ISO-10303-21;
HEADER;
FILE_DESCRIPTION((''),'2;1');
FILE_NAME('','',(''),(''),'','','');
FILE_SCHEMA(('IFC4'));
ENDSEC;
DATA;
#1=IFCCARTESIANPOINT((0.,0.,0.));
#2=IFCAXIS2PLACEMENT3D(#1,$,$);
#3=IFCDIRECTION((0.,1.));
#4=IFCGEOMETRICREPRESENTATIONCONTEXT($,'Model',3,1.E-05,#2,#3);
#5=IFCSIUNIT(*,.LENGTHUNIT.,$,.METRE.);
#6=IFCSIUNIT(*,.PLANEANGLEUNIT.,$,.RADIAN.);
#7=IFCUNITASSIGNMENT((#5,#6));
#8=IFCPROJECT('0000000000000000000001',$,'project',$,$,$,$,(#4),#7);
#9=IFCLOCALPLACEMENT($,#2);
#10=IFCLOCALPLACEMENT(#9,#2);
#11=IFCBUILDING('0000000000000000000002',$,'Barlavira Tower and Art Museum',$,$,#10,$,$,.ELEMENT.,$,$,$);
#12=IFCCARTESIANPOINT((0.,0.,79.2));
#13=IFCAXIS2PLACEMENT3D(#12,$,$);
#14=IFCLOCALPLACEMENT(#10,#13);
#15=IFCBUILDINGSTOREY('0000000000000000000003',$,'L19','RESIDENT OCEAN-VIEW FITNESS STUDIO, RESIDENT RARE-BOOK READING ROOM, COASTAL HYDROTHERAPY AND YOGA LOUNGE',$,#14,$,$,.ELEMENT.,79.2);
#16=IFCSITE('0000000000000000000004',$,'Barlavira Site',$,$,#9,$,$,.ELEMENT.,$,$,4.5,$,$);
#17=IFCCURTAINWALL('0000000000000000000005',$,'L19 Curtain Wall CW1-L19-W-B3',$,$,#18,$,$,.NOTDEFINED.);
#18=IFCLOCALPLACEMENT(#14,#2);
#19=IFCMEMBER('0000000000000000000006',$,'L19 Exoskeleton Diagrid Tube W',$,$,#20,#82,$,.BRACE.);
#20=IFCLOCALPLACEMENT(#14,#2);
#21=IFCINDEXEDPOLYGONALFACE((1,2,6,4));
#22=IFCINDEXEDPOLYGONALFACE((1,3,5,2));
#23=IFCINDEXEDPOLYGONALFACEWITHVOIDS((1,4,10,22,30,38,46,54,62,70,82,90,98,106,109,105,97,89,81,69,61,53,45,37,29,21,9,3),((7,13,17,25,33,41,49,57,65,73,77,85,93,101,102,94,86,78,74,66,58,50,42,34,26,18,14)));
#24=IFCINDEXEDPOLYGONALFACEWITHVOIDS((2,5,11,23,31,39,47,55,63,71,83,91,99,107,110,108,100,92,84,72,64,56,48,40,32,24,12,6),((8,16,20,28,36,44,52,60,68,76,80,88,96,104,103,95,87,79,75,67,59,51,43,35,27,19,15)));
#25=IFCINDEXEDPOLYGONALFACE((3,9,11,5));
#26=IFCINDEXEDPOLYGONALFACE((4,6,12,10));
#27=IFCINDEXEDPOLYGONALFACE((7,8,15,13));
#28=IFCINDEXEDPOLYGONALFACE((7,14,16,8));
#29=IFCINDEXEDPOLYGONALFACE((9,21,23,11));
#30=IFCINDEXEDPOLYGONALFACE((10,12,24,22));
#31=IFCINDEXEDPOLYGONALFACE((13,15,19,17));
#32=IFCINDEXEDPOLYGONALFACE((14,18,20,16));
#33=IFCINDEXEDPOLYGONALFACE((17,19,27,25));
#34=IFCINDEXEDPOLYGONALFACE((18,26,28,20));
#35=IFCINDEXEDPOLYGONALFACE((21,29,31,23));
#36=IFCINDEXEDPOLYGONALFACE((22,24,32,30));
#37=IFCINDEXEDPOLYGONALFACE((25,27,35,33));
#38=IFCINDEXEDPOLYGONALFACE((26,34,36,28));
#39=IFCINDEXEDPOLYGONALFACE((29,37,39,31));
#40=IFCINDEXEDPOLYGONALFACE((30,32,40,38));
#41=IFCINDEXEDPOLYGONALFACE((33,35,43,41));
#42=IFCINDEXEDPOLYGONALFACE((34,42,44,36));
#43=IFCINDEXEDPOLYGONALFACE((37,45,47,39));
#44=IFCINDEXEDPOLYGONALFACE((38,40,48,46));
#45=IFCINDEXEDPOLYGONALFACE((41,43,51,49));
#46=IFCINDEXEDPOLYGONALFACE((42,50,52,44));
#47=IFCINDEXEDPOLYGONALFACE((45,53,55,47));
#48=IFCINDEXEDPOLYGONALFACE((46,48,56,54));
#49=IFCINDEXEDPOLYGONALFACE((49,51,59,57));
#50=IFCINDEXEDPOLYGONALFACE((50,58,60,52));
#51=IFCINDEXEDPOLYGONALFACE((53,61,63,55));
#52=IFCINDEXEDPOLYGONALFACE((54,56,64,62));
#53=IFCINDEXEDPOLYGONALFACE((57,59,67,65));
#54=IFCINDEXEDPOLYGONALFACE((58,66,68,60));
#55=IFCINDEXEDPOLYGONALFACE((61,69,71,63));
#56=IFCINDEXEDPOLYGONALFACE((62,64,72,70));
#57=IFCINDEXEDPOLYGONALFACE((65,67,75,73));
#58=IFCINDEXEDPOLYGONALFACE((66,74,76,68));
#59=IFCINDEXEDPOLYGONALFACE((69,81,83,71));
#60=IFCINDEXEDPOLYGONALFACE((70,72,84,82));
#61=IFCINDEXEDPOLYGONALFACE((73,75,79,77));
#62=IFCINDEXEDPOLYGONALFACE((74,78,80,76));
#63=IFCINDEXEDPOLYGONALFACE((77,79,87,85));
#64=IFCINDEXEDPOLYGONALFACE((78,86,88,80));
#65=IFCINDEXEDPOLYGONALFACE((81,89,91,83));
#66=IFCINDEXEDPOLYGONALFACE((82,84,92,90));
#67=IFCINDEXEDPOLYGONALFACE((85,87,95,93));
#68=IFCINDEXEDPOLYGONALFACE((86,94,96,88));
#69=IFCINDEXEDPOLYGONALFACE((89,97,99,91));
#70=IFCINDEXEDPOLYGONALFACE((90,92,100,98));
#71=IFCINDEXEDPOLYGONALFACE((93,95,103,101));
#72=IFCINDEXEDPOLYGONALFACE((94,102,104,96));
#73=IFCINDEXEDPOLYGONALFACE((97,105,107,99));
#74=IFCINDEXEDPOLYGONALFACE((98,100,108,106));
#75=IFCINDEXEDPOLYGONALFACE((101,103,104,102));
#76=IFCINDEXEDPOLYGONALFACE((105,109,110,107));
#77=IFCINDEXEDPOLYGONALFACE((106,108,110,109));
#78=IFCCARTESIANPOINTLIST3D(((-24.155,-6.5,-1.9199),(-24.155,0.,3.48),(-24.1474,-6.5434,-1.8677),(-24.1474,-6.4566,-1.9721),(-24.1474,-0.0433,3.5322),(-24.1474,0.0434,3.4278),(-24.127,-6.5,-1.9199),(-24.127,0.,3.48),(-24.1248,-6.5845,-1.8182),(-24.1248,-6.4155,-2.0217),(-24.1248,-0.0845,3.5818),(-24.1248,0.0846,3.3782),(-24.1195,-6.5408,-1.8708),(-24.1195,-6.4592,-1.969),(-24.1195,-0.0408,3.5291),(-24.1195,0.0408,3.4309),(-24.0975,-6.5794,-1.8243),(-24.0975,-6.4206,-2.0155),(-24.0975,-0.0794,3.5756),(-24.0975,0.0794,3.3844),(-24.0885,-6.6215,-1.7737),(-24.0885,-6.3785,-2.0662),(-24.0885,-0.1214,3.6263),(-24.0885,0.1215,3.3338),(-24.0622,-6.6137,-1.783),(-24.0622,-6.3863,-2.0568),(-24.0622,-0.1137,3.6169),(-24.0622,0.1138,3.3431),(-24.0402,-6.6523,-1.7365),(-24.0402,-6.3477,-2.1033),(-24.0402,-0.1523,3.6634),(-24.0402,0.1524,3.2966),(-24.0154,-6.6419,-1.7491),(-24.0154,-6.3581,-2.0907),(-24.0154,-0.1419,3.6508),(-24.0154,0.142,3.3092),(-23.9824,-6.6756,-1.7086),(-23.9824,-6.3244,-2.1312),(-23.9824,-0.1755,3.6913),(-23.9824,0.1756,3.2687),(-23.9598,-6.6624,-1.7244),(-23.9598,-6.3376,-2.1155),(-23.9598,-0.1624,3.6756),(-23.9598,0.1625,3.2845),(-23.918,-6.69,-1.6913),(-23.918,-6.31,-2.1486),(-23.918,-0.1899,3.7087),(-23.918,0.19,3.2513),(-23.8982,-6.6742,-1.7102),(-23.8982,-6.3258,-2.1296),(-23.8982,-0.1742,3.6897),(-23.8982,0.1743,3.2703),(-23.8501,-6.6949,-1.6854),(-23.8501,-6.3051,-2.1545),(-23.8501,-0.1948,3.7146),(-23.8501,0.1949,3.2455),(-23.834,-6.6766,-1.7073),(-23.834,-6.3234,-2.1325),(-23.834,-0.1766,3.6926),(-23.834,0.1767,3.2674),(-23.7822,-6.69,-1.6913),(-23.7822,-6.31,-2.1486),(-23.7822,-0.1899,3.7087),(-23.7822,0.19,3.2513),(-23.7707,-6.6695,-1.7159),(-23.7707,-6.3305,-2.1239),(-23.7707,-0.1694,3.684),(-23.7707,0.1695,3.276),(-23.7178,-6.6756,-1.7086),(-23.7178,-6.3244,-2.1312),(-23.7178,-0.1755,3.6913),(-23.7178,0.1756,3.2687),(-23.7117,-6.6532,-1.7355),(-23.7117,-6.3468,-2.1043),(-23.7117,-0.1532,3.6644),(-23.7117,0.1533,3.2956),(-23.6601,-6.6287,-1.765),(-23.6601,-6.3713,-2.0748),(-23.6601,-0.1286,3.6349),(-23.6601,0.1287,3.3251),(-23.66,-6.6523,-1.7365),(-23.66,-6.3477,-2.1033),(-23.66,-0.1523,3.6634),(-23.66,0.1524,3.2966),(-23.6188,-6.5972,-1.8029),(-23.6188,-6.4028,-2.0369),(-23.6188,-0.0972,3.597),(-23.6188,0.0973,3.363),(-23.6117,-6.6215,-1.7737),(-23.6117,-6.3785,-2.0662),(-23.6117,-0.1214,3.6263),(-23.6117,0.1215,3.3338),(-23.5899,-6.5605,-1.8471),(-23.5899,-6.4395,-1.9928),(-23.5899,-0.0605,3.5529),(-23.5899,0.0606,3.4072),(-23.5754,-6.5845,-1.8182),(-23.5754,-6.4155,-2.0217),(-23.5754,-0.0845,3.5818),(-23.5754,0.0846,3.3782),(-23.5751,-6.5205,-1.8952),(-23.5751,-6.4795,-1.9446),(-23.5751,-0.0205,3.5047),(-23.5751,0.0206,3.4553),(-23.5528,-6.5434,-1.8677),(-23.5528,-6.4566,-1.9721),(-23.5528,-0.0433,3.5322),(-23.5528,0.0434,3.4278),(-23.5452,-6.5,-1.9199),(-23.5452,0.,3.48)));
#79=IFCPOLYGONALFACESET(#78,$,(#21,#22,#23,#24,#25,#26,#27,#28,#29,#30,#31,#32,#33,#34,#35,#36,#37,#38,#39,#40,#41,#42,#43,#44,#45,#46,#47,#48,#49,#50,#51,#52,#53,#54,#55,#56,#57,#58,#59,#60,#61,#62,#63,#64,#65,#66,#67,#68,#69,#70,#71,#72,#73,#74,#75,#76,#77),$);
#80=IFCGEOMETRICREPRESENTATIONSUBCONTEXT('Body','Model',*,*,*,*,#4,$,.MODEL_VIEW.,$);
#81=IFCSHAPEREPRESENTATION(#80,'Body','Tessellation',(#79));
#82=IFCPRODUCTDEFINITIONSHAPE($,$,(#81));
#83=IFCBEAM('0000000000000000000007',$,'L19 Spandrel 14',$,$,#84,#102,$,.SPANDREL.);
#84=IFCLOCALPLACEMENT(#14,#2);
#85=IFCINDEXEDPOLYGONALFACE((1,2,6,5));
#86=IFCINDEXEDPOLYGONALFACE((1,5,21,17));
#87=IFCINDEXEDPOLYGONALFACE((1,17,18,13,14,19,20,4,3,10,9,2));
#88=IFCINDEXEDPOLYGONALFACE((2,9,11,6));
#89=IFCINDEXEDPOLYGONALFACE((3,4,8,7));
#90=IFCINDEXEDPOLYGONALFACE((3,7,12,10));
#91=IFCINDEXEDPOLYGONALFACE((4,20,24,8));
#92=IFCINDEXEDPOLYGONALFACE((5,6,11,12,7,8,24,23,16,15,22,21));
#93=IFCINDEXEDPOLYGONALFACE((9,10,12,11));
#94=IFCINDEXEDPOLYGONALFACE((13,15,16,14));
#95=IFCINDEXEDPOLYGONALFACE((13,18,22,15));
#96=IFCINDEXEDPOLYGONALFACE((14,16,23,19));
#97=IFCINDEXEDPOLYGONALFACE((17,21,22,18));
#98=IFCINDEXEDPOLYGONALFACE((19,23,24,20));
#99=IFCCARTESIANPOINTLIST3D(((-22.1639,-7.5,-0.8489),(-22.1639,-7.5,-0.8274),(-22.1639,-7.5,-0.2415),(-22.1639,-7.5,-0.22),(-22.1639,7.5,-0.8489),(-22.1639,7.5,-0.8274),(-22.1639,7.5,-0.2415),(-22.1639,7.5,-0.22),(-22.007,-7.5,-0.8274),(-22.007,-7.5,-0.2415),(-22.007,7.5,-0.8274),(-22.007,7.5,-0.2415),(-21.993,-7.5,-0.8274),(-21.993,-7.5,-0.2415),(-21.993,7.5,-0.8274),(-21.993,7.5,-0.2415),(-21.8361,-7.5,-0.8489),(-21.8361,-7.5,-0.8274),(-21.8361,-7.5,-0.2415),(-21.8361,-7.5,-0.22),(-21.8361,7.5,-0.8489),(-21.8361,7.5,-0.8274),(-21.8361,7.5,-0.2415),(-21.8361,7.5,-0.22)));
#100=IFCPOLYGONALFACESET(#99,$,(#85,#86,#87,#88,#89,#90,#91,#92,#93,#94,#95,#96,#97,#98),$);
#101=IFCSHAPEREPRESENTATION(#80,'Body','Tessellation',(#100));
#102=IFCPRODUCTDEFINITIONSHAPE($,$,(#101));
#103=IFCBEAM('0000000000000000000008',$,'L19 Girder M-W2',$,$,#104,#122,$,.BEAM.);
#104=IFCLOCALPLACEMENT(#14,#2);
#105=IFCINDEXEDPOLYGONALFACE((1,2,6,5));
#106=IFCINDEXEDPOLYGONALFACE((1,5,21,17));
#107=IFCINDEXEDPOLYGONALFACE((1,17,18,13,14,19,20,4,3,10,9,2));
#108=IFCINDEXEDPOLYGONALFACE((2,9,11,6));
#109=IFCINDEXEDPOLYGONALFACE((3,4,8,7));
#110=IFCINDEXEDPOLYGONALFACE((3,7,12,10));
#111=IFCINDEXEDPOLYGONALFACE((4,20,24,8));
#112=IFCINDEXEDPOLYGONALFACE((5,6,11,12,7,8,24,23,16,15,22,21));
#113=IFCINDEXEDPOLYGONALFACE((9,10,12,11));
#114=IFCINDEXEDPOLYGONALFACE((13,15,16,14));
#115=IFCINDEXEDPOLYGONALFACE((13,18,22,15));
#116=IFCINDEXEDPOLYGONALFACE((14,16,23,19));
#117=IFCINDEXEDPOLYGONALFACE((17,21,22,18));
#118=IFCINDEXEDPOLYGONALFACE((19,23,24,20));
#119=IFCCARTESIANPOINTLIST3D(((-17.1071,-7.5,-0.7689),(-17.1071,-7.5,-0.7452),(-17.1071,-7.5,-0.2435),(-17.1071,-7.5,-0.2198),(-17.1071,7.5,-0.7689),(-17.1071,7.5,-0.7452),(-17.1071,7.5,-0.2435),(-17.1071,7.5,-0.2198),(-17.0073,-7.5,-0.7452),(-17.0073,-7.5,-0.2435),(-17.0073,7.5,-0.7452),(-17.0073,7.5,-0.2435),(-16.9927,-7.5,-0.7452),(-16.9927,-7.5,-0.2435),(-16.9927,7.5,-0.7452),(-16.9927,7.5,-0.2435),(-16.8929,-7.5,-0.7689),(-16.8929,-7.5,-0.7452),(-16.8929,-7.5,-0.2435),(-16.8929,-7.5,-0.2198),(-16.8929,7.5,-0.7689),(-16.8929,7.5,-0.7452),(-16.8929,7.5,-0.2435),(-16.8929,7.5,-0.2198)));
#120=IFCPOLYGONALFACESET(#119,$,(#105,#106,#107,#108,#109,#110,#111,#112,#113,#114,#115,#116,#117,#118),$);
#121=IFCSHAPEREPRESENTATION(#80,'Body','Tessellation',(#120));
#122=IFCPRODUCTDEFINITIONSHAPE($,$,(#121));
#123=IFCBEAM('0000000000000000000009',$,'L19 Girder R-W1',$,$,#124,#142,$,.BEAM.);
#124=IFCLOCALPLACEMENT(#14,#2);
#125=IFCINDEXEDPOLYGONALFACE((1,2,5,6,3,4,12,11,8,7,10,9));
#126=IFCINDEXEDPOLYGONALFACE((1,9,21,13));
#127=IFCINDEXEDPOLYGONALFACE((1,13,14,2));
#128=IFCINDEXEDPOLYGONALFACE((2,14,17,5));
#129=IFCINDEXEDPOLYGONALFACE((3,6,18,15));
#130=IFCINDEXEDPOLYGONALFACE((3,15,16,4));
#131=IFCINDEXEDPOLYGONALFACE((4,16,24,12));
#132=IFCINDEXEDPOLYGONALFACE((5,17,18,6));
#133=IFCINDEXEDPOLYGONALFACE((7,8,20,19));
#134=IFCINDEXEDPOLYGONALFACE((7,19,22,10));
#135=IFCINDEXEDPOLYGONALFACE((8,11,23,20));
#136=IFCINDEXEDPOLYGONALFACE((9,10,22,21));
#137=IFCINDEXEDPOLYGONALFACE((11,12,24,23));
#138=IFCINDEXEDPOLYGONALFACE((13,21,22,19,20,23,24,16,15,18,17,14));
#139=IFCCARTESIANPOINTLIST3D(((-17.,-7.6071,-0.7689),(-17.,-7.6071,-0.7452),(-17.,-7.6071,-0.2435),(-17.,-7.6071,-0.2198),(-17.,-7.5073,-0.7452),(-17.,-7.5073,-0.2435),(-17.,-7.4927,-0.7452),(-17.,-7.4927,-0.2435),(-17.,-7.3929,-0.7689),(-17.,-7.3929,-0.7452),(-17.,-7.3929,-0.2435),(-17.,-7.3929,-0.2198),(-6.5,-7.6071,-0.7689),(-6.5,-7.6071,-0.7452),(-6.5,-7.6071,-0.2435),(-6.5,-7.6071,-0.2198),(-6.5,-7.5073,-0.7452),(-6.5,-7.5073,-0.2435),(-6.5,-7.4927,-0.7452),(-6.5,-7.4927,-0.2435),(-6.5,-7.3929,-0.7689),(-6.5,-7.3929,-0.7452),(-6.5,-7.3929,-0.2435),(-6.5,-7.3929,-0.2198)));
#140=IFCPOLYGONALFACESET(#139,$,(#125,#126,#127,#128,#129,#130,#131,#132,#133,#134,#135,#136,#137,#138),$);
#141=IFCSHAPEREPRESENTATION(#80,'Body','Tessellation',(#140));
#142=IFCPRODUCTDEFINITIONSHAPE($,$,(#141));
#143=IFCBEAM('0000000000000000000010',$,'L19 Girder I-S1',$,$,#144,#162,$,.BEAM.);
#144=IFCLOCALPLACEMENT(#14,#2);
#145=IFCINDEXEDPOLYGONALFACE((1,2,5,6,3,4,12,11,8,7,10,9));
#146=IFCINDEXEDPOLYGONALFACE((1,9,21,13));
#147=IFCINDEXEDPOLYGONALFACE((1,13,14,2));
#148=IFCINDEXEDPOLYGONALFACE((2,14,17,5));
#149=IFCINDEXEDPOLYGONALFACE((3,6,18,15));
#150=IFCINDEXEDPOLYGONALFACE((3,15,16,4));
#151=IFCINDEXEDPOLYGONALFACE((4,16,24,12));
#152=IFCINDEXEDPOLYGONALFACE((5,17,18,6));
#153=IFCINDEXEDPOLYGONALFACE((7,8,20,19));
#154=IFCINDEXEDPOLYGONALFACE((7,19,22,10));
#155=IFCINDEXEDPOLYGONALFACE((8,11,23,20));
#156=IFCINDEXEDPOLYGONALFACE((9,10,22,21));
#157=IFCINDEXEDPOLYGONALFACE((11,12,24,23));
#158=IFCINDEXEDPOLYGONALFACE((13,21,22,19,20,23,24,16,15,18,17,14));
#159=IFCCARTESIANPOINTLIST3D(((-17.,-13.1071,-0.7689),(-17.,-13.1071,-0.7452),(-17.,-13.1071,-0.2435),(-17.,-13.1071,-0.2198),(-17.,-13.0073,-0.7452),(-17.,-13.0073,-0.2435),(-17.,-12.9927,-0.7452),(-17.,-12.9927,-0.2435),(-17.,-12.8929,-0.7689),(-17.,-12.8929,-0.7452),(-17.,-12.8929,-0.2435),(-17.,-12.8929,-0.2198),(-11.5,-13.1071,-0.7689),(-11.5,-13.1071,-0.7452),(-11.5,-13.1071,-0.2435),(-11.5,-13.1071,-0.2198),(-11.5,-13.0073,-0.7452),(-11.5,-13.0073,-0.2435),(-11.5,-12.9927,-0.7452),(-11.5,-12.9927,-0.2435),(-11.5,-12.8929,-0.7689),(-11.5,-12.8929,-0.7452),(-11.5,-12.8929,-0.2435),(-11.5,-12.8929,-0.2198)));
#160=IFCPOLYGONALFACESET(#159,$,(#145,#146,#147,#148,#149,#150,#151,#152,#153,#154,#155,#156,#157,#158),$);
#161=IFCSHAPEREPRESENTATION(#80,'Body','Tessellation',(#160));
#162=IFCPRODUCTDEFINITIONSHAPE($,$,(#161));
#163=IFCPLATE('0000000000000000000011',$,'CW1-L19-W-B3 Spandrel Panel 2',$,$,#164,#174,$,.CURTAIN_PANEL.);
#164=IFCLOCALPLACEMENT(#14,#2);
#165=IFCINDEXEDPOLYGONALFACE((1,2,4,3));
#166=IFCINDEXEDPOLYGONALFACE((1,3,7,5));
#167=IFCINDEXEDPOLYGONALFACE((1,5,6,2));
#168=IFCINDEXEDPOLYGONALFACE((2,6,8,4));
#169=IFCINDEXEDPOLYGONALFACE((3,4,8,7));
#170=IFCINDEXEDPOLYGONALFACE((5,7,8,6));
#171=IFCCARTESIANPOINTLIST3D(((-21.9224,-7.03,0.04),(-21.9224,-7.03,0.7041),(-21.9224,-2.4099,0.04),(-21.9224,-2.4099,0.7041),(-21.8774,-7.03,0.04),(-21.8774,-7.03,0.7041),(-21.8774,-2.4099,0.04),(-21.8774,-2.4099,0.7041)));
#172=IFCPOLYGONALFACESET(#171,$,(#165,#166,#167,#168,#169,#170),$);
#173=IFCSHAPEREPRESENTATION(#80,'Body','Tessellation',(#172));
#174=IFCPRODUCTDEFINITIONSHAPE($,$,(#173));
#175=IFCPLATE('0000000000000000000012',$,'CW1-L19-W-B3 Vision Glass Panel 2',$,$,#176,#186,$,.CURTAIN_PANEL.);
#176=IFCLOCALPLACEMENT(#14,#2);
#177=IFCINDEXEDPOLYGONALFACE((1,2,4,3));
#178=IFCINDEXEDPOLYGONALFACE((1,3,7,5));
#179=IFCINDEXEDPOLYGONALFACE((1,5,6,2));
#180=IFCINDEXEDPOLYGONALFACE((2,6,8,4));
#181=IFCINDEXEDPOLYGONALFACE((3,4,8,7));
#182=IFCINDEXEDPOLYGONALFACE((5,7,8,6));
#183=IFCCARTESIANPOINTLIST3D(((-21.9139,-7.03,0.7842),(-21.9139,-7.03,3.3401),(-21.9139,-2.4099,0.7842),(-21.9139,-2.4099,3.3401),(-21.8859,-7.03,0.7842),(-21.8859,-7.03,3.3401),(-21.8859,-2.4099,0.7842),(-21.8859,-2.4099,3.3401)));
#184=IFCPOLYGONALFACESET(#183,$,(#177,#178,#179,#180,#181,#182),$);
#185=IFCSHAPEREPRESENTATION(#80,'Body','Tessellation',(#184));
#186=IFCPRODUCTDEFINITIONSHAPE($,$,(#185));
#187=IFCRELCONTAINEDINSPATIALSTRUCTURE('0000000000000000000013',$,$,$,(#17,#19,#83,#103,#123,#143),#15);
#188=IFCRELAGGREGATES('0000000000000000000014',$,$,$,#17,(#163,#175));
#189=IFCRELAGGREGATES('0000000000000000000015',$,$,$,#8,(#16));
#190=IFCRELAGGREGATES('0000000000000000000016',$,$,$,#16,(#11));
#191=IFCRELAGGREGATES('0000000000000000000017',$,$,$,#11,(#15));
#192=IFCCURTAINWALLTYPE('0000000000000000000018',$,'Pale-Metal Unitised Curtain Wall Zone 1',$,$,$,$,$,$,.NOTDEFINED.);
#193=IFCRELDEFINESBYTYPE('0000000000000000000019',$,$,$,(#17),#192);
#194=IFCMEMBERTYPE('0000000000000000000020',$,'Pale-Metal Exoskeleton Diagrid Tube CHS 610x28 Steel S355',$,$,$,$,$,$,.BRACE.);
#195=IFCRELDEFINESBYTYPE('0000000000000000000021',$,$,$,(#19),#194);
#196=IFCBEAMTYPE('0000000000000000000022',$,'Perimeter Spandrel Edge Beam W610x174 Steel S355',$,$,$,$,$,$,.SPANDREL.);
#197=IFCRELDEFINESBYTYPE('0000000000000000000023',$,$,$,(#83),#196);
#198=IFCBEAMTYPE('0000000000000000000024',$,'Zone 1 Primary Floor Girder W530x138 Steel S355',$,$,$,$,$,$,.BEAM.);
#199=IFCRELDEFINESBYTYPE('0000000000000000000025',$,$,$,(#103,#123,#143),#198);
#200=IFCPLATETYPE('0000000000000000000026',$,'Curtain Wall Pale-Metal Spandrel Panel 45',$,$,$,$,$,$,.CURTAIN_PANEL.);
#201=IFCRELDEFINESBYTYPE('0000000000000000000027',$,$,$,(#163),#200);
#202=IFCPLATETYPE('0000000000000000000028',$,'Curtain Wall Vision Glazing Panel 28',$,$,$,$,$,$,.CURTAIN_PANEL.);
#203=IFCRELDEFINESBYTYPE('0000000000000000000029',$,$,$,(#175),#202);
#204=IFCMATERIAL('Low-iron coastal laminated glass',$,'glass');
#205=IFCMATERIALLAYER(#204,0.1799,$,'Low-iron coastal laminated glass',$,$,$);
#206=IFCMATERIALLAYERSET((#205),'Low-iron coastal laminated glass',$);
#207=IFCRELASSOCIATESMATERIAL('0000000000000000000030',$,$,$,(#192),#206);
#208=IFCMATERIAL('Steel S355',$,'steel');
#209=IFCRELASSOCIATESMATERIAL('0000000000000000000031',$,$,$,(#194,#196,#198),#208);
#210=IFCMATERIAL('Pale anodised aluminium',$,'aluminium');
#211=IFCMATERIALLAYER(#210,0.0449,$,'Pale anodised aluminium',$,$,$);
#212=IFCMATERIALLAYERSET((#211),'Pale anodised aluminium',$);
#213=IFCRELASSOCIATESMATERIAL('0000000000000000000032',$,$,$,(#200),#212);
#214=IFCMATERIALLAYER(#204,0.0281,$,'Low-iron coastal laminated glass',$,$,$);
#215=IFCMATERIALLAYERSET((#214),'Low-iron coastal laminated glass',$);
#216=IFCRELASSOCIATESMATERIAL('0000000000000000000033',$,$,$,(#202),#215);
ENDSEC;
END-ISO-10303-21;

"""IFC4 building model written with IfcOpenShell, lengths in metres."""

from ifc_helpers import new_model, si_unit, direction, frame, origin, origin_2d, place, context, subcontext, project, spatial, rectangle, hollow_circle, i_section, extrude, material, layer, layer_set, material_profile, profile_set, type_object, element, aggregate, save


model = new_model("IFC4")

# Units and contexts
model_context = context("Model", 3, precision=1e-05, world=origin(), true_north=direction((0.0, 1.0)))
body_context = subcontext(model_context, "Body", "Model", "MODEL_VIEW")
ifc_project = project(units=[si_unit("LENGTHUNIT", "METRE"), si_unit("PLANEANGLEUNIT", "RADIAN")], contexts=[model_context])

# Site, building, storey
site_placement = place(None, origin())
site = spatial("IfcSite", under=ifc_project, at=site_placement, Name="Barlavira Site", CompositionType="ELEMENT", RefElevation=4.5)
building_placement = place(site_placement, origin())
building = spatial("IfcBuilding", under=site, at=building_placement, Name="Barlavira Tower and Art Museum", CompositionType="ELEMENT")
storey_placement = place(building_placement, frame((0.0, 0.0, 79.2)))
storey = spatial("IfcBuildingStorey", under=building, at=storey_placement, Name="L19", Description="RESIDENT OCEAN-VIEW FITNESS STUDIO, RESIDENT RARE-BOOK READING ROOM, COASTAL HYDROTHERAPY AND YOGA LOUNGE", CompositionType="ELEMENT", Elevation=79.2)

# Curtain wall
ifc_material_1 = material(Name="Low-iron coastal laminated glass", Category="glass")
ifc_layer_1 = layer(ifc_material_1, 0.1799, Name="Low-iron coastal laminated glass")
ifc_layer_set_1 = layer_set([ifc_layer_1], Name="Low-iron coastal laminated glass")
curtain_wall_type = type_object("IfcCurtainWallType", Name="Pale-Metal Unitised Curtain Wall Zone 1", PredefinedType="NOTDEFINED", material=ifc_layer_set_1)
curtain_wall_placement = place(storey_placement, origin())
curtain_wall = element("IfcCurtainWall", 1, at=curtain_wall_placement, inside=storey, type_object=curtain_wall_type, Name="L19 Curtain Wall CW1-L19-W-B3", PredefinedType="NOTDEFINED")
ifc_material_2 = material(Name="Pale anodised aluminium", Category="aluminium")

# Member
ifc_material_3 = material(Name="Steel S355", Category="steel")
ifc_material_profile_1 = material_profile(ifc_material_3, hollow_circle(Radius=0.3049, WallThickness=0.0281, at=origin_2d()), Name="CHS 610.0x28.0")
ifc_profile_set_1 = profile_set([ifc_material_profile_1], Name="Steel S355")
member_type_1 = type_object("IfcMemberType", Name="Pale-Metal Exoskeleton Diagrid Tube CHS 610x28 Steel S355", PredefinedType="BRACE", material=ifc_profile_set_1)
for number, where, z_axis, x_axis, name in (
    (2, (-23.8501, -6.5, -1.9199), (0.0, 0.769196, 0.639013), (-1.0, 0.0, 0.0), "L19 Exoskeleton Diagrid Tube W"),
):
    element("IfcMember", number, at=place(storey_placement, frame(where, z_axis=z_axis, x_axis=x_axis)), inside=storey, type_object=member_type_1, Name=name, PredefinedType="BRACE", context=body_context, shape_type="SweptSolid", body=[
        extrude(hollow_circle(Radius=0.3049, WallThickness=0.0281, at=origin_2d()), origin(), (0.0, 0.0, 1.0), 8.4504),
    ])

# Beams
ifc_material_profile_2 = material_profile(ifc_material_3, i_section(OverallWidth=0.3279, OverallDepth=0.6289, WebThickness=0.0139, FlangeThickness=0.0215, at=origin_2d()), Name="W610x174.0")
ifc_profile_set_2 = profile_set([ifc_material_profile_2], Name="Steel S355")
beam_type_1 = type_object("IfcBeamType", Name="Perimeter Spandrel Edge Beam W610x174 Steel S355", PredefinedType="SPANDREL", material=ifc_profile_set_2)
beam_1_placement = place(storey_placement, frame((-22.0, -7.5, -0.5344), z_axis=(0.0, 1.0, 0.0), x_axis=(-1.0, 0.0, 0.0)))
element("IfcBeam", 3, at=beam_1_placement, inside=storey, type_object=beam_type_1, Name="L19 Spandrel 14", PredefinedType="SPANDREL", context=body_context, shape_type="SweptSolid", body=[
    extrude(i_section(OverallWidth=0.3279, OverallDepth=0.6289, WebThickness=0.0139, FlangeThickness=0.0215, at=origin_2d()), origin(), (0.0, 0.0, 1.0), 15.0),
])
ifc_material_profile_3 = material_profile(ifc_material_3, i_section(OverallWidth=0.2141, OverallDepth=0.5491, WebThickness=0.0146, FlangeThickness=0.0237, at=origin_2d()), Name="W530x138.0")
ifc_profile_set_3 = profile_set([ifc_material_profile_3], Name="Steel S355")
beam_type_2 = type_object("IfcBeamType", Name="Zone 1 Primary Floor Girder W530x138 Steel S355", PredefinedType="BEAM", material=ifc_profile_set_3)
beam_2_placement = place(storey_placement, frame((-17.0, -7.5, -0.4944), z_axis=(0.0, 1.0, 0.0), x_axis=(-1.0, 0.0, 0.0)))
element("IfcBeam", 4, at=beam_2_placement, inside=storey, type_object=beam_type_2, Name="L19 Girder M-W2", PredefinedType="BEAM", context=body_context, shape_type="SweptSolid", body=[
    extrude(i_section(OverallWidth=0.2141, OverallDepth=0.5491, WebThickness=0.0146, FlangeThickness=0.0237, at=origin_2d()), origin(), (0.0, 0.0, 1.0), 15.0),
])
beam_3_placement = place(storey_placement, frame((-17.0, -7.5, -0.4944), z_axis=(1.0, 0.0, 0.0), x_axis=(0.0, 1.0, 0.0)))
element("IfcBeam", 5, at=beam_3_placement, inside=storey, type_object=beam_type_2, Name="L19 Girder R-W1", PredefinedType="BEAM", context=body_context, shape_type="SweptSolid", body=[
    extrude(i_section(OverallWidth=0.2141, OverallDepth=0.5491, WebThickness=0.0146, FlangeThickness=0.0237, at=origin_2d()), origin(), (0.0, 0.0, 1.0), 10.5),
])
beam_4_placement = place(storey_placement, frame((-17.0, -13.0, -0.4944), z_axis=(1.0, 0.0, 0.0), x_axis=(0.0, 1.0, 0.0)))
element("IfcBeam", 6, at=beam_4_placement, inside=storey, type_object=beam_type_2, Name="L19 Girder I-S1", PredefinedType="BEAM", context=body_context, shape_type="SweptSolid", body=[
    extrude(i_section(OverallWidth=0.2141, OverallDepth=0.5491, WebThickness=0.0146, FlangeThickness=0.0237, at=origin_2d()), origin(), (0.0, 0.0, 1.0), 5.5),
])

# Plates
ifc_layer_2 = layer(ifc_material_2, 0.0449, Name="Pale anodised aluminium")
ifc_layer_set_2 = layer_set([ifc_layer_2], Name="Pale anodised aluminium")
plate_type_1 = type_object("IfcPlateType", Name="Curtain Wall Pale-Metal Spandrel Panel 45", PredefinedType="CURTAIN_PANEL", material=ifc_layer_set_2)
plate_1_placement = place(storey_placement, frame((-21.8999, -4.72, 0.04), z_axis=(0.0, 0.0, 1.0), x_axis=(0.0, -1.0, 0.0)))
plate_1 = element("IfcPlate", 7, at=plate_1_placement, type_object=plate_type_1, Name="CW1-L19-W-B3 Spandrel Panel 2", PredefinedType="CURTAIN_PANEL", context=body_context, shape_type="SweptSolid", body=[
    extrude(rectangle(XDim=4.6201, YDim=0.0449, at=origin_2d()), origin(), (0.0, 0.0, 1.0), 0.6641),
])
ifc_layer_3 = layer(ifc_material_1, 0.0281, Name="Low-iron coastal laminated glass")
ifc_layer_set_3 = layer_set([ifc_layer_3], Name="Low-iron coastal laminated glass")
plate_type_2 = type_object("IfcPlateType", Name="Curtain Wall Vision Glazing Panel 28", PredefinedType="CURTAIN_PANEL", material=ifc_layer_set_3)
plate_2_placement = place(storey_placement, frame((-21.8999, -4.72, 0.7842), z_axis=(0.0, 0.0, 1.0), x_axis=(0.0, -1.0, 0.0)))
plate_2 = element("IfcPlate", 8, at=plate_2_placement, type_object=plate_type_2, Name="CW1-L19-W-B3 Vision Glass Panel 2", PredefinedType="CURTAIN_PANEL", context=body_context, shape_type="SweptSolid", body=[
    extrude(rectangle(XDim=4.6201, YDim=0.0281, at=origin_2d()), origin(), (0.0, 0.0, 1.0), 2.5559),
])
aggregate(curtain_wall, [plate_1, plate_2])

save(model, "model.ifc")
